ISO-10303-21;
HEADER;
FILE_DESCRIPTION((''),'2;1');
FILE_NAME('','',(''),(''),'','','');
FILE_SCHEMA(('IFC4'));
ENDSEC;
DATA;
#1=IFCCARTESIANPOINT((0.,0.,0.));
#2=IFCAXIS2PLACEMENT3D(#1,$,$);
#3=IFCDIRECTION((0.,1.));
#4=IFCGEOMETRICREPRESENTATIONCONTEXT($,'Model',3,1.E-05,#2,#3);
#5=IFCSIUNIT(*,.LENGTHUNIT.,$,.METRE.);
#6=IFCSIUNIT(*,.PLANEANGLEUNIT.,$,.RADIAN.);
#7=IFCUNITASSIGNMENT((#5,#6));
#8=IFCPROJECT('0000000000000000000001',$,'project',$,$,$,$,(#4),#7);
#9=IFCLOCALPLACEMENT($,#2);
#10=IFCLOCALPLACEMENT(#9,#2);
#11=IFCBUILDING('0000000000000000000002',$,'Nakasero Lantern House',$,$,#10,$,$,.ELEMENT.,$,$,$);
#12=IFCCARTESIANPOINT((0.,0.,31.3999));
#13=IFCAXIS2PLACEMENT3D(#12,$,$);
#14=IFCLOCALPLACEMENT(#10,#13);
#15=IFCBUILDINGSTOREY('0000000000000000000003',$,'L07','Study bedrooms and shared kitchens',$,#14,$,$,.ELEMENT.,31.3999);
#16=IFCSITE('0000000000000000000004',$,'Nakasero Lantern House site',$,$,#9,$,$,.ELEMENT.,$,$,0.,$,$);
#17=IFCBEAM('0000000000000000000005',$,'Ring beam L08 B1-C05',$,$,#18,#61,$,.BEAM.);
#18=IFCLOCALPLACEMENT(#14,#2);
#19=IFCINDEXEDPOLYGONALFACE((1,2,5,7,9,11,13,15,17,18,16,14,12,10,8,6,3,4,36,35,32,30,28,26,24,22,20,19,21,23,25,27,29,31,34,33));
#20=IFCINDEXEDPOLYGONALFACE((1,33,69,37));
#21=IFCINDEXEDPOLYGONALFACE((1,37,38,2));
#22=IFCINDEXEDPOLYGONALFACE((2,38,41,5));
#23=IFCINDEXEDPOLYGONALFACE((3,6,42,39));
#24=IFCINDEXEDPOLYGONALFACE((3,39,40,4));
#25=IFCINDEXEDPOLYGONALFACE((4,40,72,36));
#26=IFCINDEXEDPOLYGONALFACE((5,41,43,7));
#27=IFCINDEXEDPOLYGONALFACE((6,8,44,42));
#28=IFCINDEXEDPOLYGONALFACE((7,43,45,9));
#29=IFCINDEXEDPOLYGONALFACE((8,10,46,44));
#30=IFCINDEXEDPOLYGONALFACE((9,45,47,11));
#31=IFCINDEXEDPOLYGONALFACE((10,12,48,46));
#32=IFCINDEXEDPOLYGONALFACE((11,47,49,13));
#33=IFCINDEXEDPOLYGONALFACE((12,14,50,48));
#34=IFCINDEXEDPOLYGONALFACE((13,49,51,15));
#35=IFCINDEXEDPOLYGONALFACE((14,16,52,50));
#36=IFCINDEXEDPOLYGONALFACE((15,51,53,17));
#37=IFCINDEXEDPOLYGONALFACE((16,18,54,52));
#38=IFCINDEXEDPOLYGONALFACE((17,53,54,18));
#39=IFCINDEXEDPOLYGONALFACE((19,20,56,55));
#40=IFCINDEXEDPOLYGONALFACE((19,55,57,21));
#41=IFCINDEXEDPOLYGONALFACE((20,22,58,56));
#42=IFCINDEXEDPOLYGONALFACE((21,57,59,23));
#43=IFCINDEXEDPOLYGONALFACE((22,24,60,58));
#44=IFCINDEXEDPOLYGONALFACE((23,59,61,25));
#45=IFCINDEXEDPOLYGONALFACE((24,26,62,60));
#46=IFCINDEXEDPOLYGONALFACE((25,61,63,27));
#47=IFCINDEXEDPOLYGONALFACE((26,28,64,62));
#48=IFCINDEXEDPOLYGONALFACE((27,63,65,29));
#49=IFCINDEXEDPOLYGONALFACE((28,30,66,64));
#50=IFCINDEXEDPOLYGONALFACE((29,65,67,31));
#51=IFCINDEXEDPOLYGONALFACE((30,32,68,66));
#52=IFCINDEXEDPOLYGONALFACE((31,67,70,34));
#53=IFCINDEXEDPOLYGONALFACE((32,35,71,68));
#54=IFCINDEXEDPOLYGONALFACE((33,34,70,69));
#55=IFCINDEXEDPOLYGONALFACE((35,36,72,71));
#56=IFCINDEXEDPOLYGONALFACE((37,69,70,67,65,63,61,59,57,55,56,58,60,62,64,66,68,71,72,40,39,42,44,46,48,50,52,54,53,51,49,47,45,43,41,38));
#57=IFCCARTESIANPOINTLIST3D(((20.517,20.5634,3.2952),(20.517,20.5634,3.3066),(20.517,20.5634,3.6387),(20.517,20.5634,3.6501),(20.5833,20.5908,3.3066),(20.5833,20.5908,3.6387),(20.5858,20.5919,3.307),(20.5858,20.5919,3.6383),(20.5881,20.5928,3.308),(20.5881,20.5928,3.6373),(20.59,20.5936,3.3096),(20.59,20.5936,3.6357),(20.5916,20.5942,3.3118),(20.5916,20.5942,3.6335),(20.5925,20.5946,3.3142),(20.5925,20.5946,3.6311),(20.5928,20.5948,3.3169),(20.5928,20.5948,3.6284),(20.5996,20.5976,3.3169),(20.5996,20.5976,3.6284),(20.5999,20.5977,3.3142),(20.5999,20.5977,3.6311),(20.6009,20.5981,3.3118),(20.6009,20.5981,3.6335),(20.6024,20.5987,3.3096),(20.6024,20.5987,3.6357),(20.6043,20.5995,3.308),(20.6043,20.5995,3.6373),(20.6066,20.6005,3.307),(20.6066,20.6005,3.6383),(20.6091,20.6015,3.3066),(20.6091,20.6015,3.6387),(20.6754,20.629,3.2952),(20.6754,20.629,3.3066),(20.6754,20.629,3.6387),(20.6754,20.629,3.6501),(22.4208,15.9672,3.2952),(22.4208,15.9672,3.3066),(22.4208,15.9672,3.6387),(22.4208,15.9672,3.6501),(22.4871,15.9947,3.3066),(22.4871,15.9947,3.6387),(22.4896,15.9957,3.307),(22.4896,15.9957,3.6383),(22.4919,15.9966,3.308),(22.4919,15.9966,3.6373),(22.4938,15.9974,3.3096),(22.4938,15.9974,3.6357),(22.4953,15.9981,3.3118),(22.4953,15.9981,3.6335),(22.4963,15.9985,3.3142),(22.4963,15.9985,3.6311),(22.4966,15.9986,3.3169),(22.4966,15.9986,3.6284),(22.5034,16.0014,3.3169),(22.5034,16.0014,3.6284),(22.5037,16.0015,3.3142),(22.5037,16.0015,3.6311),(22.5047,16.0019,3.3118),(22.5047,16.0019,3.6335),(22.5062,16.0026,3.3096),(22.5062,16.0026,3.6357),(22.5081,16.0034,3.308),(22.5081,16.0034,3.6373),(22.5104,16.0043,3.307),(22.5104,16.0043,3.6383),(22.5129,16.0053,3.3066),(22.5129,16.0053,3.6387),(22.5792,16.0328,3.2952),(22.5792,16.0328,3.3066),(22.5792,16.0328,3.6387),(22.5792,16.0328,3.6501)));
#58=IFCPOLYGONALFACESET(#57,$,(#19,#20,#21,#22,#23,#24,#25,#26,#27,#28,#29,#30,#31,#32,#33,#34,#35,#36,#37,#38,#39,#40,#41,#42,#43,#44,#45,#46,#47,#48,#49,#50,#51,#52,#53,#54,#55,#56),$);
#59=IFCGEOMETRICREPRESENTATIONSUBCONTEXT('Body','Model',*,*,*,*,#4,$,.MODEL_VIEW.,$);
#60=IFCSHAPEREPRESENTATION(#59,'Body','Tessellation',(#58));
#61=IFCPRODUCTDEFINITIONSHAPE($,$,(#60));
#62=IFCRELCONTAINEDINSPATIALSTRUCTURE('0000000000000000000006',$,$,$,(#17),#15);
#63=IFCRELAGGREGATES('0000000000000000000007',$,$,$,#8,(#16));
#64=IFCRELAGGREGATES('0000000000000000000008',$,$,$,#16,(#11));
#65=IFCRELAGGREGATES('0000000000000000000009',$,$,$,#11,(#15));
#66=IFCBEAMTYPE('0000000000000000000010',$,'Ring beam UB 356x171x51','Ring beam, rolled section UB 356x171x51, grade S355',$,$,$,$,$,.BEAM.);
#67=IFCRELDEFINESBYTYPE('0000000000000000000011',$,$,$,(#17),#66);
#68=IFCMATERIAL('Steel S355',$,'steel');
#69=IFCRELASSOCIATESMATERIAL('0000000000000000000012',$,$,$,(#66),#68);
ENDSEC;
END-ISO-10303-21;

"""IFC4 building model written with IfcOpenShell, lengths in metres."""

from ifc_helpers import new_model, si_unit, direction, frame, origin, origin_2d, place, context, subcontext, project, spatial, i_section, extrude, material, material_profile, profile_set, type_object, element, save


model = new_model("IFC4")

# Units and contexts
model_context = context("Model", 3, precision=1e-05, world=origin(), true_north=direction((0.0, 1.0)))
body_context = subcontext(model_context, "Body", "Model", "MODEL_VIEW")
ifc_project = project(units=[si_unit("LENGTHUNIT", "METRE"), si_unit("PLANEANGLEUNIT", "RADIAN")], contexts=[model_context])

# Site, building, storey
site_placement = place(None, origin())
site = spatial("IfcSite", under=ifc_project, at=site_placement, Name="Nakasero Lantern House site", CompositionType="ELEMENT", RefElevation=0.0)
building_placement = place(site_placement, origin())
building = spatial("IfcBuilding", under=site, at=building_placement, Name="Nakasero Lantern House", CompositionType="ELEMENT")
storey_placement = place(building_placement, frame((0.0, 0.0, 31.3999)))
storey = spatial("IfcBuildingStorey", under=building, at=storey_placement, Name="L07", Description="Study bedrooms and shared kitchens", CompositionType="ELEMENT", Elevation=31.3999)

# Beam
ifc_material_1 = material(Name="Steel S355", Category="steel")
ifc_material_profile_1 = material_profile(ifc_material_1, i_section(OverallWidth=0.1714, OverallDepth=0.355, WebThickness=0.0073, FlangeThickness=0.0115, FilletRadius=0.0103, at=origin_2d()), Name="UB 356x171x51")
ifc_profile_set_1 = profile_set([ifc_material_profile_1], Name="Steel S355")
beam_type_1 = type_object("IfcBeamType", Name="Ring beam UB 356x171x51", Description="Ring beam, rolled section UB 356x171x51, grade S355", PredefinedType="BEAM", material=ifc_profile_set_1)
beam_1_placement = place(storey_placement, frame((22.5, 16.0, 3.4727), z_axis=(-0.382684, 0.923879, 0.0), x_axis=(-0.923879, -0.382684, 0.0)))
element("IfcBeam", 1, at=beam_1_placement, inside=storey, type_object=beam_type_1, Name="Ring beam L08 B1-C05", PredefinedType="BEAM", context=body_context, shape_type="SweptSolid", body=[
    extrude(i_section(OverallWidth=0.1714, OverallDepth=0.355, WebThickness=0.0073, FlangeThickness=0.0115, FilletRadius=0.0103, at=origin_2d()), origin(), (0.0, 0.0, 1.0), 4.9749),
])

save(model, "model.ifc")
